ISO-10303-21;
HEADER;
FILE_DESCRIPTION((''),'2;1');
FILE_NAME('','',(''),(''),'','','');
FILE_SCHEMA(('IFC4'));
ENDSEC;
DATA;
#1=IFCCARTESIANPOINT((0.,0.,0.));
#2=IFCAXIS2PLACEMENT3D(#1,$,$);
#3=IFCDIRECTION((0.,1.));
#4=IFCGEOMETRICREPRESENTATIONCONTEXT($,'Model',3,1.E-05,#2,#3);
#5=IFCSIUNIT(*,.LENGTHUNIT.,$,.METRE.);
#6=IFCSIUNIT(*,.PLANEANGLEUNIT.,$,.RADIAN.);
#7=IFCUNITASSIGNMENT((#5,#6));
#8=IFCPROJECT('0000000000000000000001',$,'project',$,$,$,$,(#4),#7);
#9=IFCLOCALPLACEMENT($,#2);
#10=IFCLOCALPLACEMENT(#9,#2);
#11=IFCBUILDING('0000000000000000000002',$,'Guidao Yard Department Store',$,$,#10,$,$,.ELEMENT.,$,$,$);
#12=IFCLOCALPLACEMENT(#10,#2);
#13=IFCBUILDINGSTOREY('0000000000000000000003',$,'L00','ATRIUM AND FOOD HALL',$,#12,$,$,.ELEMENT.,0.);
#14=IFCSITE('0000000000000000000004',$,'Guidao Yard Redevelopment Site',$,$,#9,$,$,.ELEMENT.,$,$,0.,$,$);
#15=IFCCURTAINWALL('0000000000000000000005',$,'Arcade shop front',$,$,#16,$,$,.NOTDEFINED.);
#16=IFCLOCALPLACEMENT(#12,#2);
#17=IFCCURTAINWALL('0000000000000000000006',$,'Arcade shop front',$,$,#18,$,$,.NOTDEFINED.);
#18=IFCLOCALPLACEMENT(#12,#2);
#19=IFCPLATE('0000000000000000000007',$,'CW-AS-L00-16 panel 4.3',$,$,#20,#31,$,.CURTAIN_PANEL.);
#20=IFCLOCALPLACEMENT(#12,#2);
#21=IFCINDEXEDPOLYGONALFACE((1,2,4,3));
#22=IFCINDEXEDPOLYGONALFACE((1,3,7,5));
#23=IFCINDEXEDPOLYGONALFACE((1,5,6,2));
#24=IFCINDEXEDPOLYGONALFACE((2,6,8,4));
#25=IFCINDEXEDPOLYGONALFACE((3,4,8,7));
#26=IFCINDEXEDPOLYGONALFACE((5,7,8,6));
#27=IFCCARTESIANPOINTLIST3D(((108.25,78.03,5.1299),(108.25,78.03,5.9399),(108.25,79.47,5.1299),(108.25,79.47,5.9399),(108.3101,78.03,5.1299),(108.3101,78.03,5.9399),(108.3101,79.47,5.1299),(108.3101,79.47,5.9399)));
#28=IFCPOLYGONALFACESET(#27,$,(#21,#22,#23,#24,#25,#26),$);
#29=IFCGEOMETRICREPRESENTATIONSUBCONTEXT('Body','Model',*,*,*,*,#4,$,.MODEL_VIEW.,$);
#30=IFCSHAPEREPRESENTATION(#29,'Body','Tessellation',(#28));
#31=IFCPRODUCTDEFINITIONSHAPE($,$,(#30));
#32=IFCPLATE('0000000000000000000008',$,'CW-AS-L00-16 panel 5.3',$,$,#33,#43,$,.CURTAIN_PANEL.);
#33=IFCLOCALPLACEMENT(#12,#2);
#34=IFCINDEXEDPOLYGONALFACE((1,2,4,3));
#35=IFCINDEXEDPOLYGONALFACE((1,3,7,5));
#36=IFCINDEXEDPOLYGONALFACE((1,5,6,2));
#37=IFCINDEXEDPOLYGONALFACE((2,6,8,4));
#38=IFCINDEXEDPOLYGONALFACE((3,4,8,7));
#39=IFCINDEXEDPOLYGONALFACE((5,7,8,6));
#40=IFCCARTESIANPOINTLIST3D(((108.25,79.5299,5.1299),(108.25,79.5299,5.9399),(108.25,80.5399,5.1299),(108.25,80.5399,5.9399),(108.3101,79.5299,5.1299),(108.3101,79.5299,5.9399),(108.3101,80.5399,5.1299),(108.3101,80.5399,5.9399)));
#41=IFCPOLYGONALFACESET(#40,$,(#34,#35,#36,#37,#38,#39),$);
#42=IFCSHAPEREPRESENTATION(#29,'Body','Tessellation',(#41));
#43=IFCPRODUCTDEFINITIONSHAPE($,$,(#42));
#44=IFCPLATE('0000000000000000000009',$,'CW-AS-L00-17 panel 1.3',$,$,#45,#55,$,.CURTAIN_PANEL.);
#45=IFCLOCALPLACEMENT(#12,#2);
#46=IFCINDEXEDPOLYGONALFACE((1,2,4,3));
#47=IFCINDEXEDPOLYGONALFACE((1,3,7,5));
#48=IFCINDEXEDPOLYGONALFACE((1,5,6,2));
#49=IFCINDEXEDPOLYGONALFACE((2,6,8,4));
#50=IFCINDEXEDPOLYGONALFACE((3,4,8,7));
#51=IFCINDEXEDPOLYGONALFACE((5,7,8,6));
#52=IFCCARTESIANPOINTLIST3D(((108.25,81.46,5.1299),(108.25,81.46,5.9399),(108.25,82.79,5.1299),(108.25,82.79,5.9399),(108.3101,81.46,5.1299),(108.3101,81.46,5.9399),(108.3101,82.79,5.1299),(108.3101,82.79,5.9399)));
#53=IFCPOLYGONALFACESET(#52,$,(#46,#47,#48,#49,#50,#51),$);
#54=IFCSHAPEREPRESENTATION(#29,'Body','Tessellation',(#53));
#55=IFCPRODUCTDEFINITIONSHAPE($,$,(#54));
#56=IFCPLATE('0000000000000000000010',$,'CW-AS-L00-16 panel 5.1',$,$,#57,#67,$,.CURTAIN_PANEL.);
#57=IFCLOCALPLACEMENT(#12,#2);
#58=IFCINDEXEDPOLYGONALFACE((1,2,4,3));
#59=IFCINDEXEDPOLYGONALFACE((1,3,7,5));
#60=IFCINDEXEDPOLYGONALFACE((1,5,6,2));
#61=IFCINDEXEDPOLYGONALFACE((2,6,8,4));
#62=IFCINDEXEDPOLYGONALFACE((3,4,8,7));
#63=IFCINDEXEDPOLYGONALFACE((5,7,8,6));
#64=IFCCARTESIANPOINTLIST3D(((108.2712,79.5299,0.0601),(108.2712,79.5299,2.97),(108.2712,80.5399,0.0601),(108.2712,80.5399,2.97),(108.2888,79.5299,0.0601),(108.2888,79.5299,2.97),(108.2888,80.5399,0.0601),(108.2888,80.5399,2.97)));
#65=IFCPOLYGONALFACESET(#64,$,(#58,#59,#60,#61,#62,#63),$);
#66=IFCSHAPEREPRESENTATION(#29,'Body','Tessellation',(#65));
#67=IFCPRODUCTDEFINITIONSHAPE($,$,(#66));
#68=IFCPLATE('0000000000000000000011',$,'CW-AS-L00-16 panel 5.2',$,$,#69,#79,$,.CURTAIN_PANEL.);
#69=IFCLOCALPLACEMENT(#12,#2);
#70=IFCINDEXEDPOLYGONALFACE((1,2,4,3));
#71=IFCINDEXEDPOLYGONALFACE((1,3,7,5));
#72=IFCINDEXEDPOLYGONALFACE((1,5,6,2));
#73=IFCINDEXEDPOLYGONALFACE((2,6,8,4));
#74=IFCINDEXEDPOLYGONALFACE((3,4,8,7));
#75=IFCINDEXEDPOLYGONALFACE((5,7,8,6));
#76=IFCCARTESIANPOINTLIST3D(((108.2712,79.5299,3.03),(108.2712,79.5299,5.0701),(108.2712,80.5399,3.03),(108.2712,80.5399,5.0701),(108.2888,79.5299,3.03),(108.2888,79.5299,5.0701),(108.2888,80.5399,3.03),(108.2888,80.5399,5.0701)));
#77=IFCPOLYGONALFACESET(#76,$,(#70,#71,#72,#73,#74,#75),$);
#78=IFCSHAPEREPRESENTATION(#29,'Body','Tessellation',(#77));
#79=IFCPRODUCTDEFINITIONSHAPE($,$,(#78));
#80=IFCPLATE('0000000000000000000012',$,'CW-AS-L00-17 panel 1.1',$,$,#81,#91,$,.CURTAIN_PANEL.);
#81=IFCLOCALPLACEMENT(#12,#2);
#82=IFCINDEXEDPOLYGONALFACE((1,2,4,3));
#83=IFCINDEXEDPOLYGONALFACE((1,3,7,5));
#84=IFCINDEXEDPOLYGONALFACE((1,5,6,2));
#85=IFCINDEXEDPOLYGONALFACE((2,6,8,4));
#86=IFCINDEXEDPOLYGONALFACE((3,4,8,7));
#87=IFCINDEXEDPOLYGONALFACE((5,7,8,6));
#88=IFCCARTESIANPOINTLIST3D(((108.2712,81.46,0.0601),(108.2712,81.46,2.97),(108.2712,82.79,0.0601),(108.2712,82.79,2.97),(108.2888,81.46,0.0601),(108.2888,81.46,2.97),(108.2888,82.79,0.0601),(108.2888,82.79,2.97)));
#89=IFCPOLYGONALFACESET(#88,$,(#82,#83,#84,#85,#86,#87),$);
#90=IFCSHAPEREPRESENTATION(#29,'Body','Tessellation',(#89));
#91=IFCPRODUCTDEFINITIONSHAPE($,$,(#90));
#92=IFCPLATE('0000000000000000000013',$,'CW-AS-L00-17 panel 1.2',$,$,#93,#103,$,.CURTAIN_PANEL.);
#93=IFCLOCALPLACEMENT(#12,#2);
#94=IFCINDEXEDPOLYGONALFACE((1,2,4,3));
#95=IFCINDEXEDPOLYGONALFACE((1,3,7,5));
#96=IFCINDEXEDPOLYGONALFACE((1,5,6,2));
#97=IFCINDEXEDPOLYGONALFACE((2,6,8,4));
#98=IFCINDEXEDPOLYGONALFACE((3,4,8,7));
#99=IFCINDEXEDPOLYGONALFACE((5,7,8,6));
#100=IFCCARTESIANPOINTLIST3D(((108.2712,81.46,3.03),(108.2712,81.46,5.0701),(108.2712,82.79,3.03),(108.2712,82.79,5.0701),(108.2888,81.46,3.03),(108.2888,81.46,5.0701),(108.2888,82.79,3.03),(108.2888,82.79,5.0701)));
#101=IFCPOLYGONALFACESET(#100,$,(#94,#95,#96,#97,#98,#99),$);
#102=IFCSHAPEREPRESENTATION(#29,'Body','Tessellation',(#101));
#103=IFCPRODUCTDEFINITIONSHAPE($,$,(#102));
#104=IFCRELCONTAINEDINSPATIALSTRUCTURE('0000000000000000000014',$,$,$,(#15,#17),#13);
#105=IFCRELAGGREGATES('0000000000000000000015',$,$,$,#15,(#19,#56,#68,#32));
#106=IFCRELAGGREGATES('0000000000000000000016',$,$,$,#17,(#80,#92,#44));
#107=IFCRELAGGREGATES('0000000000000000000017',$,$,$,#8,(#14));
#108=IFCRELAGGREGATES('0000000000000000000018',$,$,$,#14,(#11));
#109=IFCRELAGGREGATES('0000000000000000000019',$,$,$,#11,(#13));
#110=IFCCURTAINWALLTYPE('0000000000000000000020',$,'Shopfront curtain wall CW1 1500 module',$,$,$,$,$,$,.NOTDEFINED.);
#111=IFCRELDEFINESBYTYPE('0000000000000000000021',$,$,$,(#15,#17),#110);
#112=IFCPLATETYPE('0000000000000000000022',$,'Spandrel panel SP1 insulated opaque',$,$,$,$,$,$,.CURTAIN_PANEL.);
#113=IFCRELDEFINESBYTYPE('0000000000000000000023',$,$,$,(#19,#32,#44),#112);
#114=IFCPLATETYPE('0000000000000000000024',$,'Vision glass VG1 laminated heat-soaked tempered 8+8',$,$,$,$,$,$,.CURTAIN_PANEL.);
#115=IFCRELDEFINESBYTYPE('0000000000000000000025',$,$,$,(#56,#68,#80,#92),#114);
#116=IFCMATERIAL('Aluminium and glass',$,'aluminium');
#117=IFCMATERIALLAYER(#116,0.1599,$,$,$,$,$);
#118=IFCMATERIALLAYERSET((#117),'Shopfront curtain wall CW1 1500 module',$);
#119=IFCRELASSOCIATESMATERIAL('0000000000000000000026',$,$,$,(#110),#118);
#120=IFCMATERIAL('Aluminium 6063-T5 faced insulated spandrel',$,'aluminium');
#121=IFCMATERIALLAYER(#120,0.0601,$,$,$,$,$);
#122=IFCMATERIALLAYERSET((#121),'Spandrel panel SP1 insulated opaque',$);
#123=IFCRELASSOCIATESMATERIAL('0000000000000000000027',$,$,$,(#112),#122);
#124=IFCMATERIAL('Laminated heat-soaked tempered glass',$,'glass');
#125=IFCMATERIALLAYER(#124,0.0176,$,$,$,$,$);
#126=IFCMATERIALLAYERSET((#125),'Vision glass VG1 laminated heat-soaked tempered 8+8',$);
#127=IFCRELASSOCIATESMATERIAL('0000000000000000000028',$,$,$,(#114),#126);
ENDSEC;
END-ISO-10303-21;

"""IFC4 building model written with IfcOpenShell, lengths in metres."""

from ifc_helpers import new_model, si_unit, direction, frame, origin, origin_2d, place, context, subcontext, project, spatial, rectangle, extrude, material, layer, layer_set, type_object, element, aggregate, save


model = new_model("IFC4")

# Units and contexts
model_context = context("Model", 3, precision=1e-05, world=origin(), true_north=direction((0.0, 1.0)))
body_context = subcontext(model_context, "Body", "Model", "MODEL_VIEW")
ifc_project = project(units=[si_unit("LENGTHUNIT", "METRE"), si_unit("PLANEANGLEUNIT", "RADIAN")], contexts=[model_context])

# Site, building, storey
site_placement = place(None, origin())
site = spatial("IfcSite", under=ifc_project, at=site_placement, Name="Guidao Yard Redevelopment Site", CompositionType="ELEMENT", RefElevation=0.0)
building_placement = place(site_placement, origin())
building = spatial("IfcBuilding", under=site, at=building_placement, Name="Guidao Yard Department Store", CompositionType="ELEMENT")
storey_placement = place(building_placement, origin())
storey = spatial("IfcBuildingStorey", under=building, at=storey_placement, Name="L00", Description="ATRIUM AND FOOD HALL", CompositionType="ELEMENT", Elevation=0.0)

# Curtain wall
ifc_material_1 = material(Name="Aluminium and glass", Category="aluminium")
ifc_layer_1 = layer(ifc_material_1, 0.1599)
ifc_layer_set_1 = layer_set([ifc_layer_1], Name="Shopfront curtain wall CW1 1500 module")
curtain_wall_type = type_object("IfcCurtainWallType", Name="Shopfront curtain wall CW1 1500 module", PredefinedType="NOTDEFINED", material=ifc_layer_set_1)
curtain_wall_1_placement = place(storey_placement, origin())
curtain_wall_1 = element("IfcCurtainWall", 1, at=curtain_wall_1_placement, inside=storey, type_object=curtain_wall_type, Name="Arcade shop front", PredefinedType="NOTDEFINED")

# Curtain wall
curtain_wall_2_placement = place(storey_placement, origin())
curtain_wall_2 = element("IfcCurtainWall", 2, at=curtain_wall_2_placement, inside=storey, type_object=curtain_wall_type, Name="Arcade shop front", PredefinedType="NOTDEFINED")

# Plates
ifc_material_2 = material(Name="Aluminium 6063-T5 faced insulated spandrel", Category="aluminium")
ifc_layer_2 = layer(ifc_material_2, 0.0601)
ifc_layer_set_2 = layer_set([ifc_layer_2], Name="Spandrel panel SP1 insulated opaque")
plate_type_1 = type_object("IfcPlateType", Name="Spandrel panel SP1 insulated opaque", PredefinedType="CURTAIN_PANEL", material=ifc_layer_set_2)
plate_1_placement = place(storey_placement, frame((108.28, 78.75, 5.1299), z_axis=(0.0, 0.0, 1.0), x_axis=(0.0, -1.0, 0.0)))
plate_1 = element("IfcPlate", 3, at=plate_1_placement, type_object=plate_type_1, Name="CW-AS-L00-16 panel 4.3", PredefinedType="CURTAIN_PANEL", context=body_context, shape_type="SweptSolid", body=[
    extrude(rectangle(XDim=1.4399, YDim=0.0601, at=origin_2d()), origin(), (0.0, 0.0, 1.0), 0.8101),
])
plate_2_placement = place(storey_placement, frame((108.28, 80.0349, 5.1299), z_axis=(0.0, 0.0, 1.0), x_axis=(0.0, -1.0, 0.0)))
plate_2 = element("IfcPlate", 4, at=plate_2_placement, type_object=plate_type_1, Name="CW-AS-L00-16 panel 5.3", PredefinedType="CURTAIN_PANEL", context=body_context, shape_type="SweptSolid", body=[
    extrude(rectangle(XDim=1.01, YDim=0.0601, at=origin_2d()), origin(), (0.0, 0.0, 1.0), 0.8101),
])
plate_3_placement = place(storey_placement, frame((108.28, 82.125, 5.1299), z_axis=(0.0, 0.0, 1.0), x_axis=(0.0, -1.0, 0.0)))
plate_3 = element("IfcPlate", 5, at=plate_3_placement, type_object=plate_type_1, Name="CW-AS-L00-17 panel 1.3", PredefinedType="CURTAIN_PANEL", context=body_context, shape_type="SweptSolid", body=[
    extrude(rectangle(XDim=1.3301, YDim=0.0601, at=origin_2d()), origin(), (0.0, 0.0, 1.0), 0.8101),
])
ifc_material_3 = material(Name="Laminated heat-soaked tempered glass", Category="glass")
ifc_layer_3 = layer(ifc_material_3, 0.0176)
ifc_layer_set_3 = layer_set([ifc_layer_3], Name="Vision glass VG1 laminated heat-soaked tempered 8+8")
plate_type_2 = type_object("IfcPlateType", Name="Vision glass VG1 laminated heat-soaked tempered 8+8", PredefinedType="CURTAIN_PANEL", material=ifc_layer_set_3)
plate_4_placement = place(storey_placement, frame((108.28, 80.0349, 0.0601), z_axis=(0.0, 0.0, 1.0), x_axis=(0.0, -1.0, 0.0)))
plate_4 = element("IfcPlate", 6, at=plate_4_placement, type_object=plate_type_2, Name="CW-AS-L00-16 panel 5.1", PredefinedType="CURTAIN_PANEL", context=body_context, shape_type="SweptSolid", body=[
    extrude(rectangle(XDim=1.01, YDim=0.0176, at=origin_2d()), origin(), (0.0, 0.0, 1.0), 2.9099),
])
plate_5_placement = place(storey_placement, frame((108.28, 80.0349, 3.03), z_axis=(0.0, 0.0, 1.0), x_axis=(0.0, -1.0, 0.0)))
plate_5 = element("IfcPlate", 7, at=plate_5_placement, type_object=plate_type_2, Name="CW-AS-L00-16 panel 5.2", PredefinedType="CURTAIN_PANEL", context=body_context, shape_type="SweptSolid", body=[
    extrude(rectangle(XDim=1.01, YDim=0.0176, at=origin_2d()), origin(), (0.0, 0.0, 1.0), 2.04),
])
aggregate(curtain_wall_1, [plate_1, plate_4, plate_5, plate_2])
plate_6_placement = place(storey_placement, frame((108.28, 82.125, 0.0601), z_axis=(0.0, 0.0, 1.0), x_axis=(0.0, -1.0, 0.0)))
plate_6 = element("IfcPlate", 8, at=plate_6_placement, type_object=plate_type_2, Name="CW-AS-L00-17 panel 1.1", PredefinedType="CURTAIN_PANEL", context=body_context, shape_type="SweptSolid", body=[
    extrude(rectangle(XDim=1.3301, YDim=0.0176, at=origin_2d()), origin(), (0.0, 0.0, 1.0), 2.9099),
])
plate_7_placement = place(storey_placement, frame((108.28, 82.125, 3.03), z_axis=(0.0, 0.0, 1.0), x_axis=(0.0, -1.0, 0.0)))
plate_7 = element("IfcPlate", 9, at=plate_7_placement, type_object=plate_type_2, Name="CW-AS-L00-17 panel 1.2", PredefinedType="CURTAIN_PANEL", context=body_context, shape_type="SweptSolid", body=[
    extrude(rectangle(XDim=1.3301, YDim=0.0176, at=origin_2d()), origin(), (0.0, 0.0, 1.0), 2.04),
])
aggregate(curtain_wall_2, [plate_6, plate_7, plate_3])

save(model, "model.ifc")
